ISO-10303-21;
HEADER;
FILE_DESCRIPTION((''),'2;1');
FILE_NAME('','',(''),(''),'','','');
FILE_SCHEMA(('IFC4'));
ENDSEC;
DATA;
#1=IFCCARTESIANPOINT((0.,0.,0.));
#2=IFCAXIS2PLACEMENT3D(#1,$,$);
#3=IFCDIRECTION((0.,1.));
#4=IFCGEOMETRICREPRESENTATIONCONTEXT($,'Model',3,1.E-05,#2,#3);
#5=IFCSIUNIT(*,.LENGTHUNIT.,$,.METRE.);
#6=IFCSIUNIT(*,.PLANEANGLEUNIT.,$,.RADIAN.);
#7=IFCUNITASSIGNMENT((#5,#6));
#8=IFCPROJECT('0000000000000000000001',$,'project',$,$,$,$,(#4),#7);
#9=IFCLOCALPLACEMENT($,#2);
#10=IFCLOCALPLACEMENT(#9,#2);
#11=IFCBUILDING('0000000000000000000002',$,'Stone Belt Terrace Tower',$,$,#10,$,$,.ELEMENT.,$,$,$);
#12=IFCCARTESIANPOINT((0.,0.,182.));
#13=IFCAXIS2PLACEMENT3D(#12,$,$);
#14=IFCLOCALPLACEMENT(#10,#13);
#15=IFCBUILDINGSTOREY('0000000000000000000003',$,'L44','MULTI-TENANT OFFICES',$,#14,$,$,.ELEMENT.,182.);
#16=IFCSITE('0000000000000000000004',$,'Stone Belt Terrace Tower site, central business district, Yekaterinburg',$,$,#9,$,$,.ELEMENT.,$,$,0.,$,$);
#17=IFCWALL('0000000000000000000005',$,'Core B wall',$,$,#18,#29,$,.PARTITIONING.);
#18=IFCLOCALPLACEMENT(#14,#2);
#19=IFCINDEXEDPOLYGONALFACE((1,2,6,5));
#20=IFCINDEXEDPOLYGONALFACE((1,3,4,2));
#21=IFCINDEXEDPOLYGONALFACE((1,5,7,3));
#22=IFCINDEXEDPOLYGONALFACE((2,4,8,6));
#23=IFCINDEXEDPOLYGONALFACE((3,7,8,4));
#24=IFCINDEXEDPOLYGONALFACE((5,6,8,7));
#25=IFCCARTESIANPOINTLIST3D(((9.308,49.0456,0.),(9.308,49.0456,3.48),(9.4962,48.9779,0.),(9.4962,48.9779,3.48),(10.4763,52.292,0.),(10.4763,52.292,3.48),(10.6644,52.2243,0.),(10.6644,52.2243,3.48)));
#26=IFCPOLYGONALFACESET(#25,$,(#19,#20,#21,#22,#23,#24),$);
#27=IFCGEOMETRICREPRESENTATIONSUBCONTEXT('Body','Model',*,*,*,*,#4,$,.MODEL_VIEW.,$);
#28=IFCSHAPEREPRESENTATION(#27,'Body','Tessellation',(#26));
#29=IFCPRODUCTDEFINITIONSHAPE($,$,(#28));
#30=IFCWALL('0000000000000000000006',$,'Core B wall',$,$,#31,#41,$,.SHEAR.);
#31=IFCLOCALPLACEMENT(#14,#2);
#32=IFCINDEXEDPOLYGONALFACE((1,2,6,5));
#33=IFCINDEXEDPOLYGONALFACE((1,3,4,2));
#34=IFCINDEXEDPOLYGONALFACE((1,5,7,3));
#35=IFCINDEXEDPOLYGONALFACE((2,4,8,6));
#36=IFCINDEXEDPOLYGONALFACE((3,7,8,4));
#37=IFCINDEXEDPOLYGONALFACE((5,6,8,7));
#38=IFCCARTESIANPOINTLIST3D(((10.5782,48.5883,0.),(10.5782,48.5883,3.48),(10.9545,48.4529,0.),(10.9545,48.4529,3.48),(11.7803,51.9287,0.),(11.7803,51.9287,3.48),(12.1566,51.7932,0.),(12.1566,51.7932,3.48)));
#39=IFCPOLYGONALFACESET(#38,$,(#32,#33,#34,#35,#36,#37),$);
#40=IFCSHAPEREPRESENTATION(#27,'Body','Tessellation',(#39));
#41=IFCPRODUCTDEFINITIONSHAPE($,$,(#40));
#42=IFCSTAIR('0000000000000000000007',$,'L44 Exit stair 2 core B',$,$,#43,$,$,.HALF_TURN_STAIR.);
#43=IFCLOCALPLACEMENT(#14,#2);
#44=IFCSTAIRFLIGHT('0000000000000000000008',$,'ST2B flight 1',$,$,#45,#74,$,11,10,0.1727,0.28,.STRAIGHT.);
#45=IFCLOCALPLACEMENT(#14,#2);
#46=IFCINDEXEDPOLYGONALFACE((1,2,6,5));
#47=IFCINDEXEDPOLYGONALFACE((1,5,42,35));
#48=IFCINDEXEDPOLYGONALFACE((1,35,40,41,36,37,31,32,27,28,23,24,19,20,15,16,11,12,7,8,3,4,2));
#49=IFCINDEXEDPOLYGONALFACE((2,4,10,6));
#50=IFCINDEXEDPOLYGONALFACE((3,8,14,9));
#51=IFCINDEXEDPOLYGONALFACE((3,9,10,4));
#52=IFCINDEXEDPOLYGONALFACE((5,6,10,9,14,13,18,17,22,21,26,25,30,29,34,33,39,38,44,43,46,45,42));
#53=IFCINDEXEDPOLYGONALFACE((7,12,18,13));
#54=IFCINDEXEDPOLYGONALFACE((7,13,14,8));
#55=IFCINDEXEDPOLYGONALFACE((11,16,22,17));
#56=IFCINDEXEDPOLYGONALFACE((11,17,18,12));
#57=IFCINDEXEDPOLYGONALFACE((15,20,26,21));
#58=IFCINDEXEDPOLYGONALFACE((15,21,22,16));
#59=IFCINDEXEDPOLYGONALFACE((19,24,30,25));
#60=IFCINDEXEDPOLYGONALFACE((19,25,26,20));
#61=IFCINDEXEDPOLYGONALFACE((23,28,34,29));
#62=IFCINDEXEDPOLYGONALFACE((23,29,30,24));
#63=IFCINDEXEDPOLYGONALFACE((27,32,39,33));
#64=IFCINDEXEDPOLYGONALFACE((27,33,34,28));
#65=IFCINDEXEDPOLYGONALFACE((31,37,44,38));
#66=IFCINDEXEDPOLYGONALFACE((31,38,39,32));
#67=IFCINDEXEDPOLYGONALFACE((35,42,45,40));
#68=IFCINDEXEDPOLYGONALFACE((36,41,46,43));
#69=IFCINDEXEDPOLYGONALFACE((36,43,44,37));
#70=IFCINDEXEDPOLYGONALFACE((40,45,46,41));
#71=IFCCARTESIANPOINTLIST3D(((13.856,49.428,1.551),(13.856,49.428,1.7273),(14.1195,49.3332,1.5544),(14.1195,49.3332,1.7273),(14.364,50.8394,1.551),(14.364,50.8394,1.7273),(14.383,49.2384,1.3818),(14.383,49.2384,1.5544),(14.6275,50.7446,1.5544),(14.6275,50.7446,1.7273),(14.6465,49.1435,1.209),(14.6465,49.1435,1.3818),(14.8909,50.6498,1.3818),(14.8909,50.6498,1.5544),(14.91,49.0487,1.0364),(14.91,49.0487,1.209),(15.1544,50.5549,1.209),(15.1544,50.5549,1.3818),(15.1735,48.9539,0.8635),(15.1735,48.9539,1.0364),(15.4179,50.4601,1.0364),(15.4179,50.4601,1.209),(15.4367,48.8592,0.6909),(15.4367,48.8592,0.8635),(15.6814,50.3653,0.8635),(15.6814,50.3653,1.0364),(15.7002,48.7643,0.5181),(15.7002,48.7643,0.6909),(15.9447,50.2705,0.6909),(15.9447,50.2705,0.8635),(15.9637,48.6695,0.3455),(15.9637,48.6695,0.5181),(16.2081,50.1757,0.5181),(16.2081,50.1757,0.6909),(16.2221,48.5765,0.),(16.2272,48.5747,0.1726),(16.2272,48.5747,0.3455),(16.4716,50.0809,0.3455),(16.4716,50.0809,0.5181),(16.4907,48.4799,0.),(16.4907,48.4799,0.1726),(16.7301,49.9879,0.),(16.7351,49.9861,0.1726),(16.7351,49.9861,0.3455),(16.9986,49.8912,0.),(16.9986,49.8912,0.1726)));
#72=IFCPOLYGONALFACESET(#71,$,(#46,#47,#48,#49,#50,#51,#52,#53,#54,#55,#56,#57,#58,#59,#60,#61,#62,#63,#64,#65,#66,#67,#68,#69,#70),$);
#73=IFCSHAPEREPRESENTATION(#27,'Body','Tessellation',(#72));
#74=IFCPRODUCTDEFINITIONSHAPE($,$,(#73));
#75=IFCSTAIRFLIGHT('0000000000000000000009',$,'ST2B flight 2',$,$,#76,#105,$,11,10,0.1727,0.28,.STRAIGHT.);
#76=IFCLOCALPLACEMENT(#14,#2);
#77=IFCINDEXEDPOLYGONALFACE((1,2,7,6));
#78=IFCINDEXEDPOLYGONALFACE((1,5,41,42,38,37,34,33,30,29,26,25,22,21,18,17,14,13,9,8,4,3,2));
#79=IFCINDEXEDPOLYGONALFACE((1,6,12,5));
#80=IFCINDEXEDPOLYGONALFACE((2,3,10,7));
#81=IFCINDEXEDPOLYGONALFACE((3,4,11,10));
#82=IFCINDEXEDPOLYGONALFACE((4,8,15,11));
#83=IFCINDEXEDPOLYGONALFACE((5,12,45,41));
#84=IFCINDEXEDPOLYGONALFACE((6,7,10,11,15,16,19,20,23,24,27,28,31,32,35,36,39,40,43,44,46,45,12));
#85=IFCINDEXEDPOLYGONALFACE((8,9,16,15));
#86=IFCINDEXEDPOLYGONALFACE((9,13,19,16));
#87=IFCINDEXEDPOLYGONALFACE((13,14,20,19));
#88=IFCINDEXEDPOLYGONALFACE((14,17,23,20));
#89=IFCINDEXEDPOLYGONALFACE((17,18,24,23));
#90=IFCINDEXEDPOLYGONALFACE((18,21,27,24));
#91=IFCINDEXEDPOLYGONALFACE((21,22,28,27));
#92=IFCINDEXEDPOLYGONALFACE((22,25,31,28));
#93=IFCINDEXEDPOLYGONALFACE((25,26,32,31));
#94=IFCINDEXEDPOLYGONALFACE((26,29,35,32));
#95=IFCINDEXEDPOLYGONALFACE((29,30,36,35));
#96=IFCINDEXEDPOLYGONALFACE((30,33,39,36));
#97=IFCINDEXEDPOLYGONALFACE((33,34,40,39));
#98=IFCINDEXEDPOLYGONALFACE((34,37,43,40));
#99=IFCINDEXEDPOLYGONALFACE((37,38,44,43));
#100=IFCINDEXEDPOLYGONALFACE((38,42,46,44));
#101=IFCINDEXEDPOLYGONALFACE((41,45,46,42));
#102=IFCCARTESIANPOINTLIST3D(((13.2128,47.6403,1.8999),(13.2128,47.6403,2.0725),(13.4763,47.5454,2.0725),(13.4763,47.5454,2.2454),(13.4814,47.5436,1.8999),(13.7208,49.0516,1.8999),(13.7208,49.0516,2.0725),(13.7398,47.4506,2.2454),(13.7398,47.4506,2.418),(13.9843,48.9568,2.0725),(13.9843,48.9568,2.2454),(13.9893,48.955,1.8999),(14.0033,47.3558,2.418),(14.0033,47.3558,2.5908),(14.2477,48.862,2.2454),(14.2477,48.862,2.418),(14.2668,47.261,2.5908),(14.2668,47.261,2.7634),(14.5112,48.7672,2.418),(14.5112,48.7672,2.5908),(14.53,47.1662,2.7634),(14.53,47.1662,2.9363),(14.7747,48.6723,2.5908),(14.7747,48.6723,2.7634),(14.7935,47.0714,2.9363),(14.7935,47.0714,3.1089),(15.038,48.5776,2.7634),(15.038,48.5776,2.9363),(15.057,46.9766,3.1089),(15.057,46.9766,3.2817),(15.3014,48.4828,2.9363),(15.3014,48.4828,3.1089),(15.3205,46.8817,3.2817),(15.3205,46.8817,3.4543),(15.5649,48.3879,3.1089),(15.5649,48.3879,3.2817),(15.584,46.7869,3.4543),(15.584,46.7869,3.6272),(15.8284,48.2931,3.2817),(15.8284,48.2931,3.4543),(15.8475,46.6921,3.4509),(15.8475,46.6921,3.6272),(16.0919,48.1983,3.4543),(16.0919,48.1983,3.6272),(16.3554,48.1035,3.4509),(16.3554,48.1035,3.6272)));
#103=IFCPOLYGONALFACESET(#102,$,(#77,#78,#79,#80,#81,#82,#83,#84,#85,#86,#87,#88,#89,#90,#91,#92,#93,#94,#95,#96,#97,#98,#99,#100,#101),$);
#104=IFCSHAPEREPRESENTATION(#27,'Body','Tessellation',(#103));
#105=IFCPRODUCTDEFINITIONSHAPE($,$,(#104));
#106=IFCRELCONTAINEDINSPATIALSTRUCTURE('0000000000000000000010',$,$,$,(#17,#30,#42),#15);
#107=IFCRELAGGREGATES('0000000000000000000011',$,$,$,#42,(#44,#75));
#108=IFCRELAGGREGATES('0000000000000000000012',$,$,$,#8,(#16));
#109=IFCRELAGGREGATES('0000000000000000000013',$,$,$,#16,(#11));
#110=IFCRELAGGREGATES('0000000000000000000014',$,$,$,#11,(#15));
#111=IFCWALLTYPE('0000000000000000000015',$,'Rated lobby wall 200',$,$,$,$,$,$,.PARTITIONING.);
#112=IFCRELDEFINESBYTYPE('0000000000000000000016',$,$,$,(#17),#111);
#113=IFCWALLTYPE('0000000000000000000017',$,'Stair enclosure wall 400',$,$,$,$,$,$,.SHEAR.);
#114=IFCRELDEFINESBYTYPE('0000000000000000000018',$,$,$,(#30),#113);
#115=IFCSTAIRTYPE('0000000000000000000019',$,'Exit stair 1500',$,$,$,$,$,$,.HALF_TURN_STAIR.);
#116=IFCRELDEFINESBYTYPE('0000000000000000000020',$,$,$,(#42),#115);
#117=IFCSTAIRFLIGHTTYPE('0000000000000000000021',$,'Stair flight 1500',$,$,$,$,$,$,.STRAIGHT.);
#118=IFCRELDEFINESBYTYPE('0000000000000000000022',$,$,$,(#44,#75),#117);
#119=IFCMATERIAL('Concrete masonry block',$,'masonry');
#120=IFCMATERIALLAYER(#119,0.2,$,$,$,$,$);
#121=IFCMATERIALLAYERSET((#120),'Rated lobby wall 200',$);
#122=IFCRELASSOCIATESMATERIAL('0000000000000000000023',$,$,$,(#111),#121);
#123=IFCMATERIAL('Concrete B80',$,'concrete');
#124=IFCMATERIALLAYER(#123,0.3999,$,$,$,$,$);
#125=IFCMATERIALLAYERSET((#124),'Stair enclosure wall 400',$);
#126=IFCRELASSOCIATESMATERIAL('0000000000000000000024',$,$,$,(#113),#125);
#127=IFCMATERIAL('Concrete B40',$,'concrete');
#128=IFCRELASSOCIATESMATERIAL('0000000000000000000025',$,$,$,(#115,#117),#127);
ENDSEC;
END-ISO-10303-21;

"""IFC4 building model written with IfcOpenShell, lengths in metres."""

from ifc_helpers import new_model, si_unit, direction, frame, frame_2d, origin, place, context, subcontext, project, spatial, polyline, rectangle, outline, extrude, material, layer, layer_set, type_object, element, aggregate, save


model = new_model("IFC4")

# Units and contexts
model_context = context("Model", 3, precision=1e-05, world=origin(), true_north=direction((0.0, 1.0)))
body_context = subcontext(model_context, "Body", "Model", "MODEL_VIEW")
ifc_project = project(units=[si_unit("LENGTHUNIT", "METRE"), si_unit("PLANEANGLEUNIT", "RADIAN")], contexts=[model_context])

# Site, building, storey
site_placement = place(None, origin())
site = spatial("IfcSite", under=ifc_project, at=site_placement, Name="Stone Belt Terrace Tower site, central business district, Yekaterinburg", CompositionType="ELEMENT", RefElevation=0.0)
building_placement = place(site_placement, origin())
building = spatial("IfcBuilding", under=site, at=building_placement, Name="Stone Belt Terrace Tower", CompositionType="ELEMENT")
storey_placement = place(building_placement, frame((0.0, 0.0, 182.0)))
storey = spatial("IfcBuildingStorey", under=building, at=storey_placement, Name="L44", Description="MULTI-TENANT OFFICES", CompositionType="ELEMENT", Elevation=182.0)

# Shared definitions
ifc_material_1 = material(Name="Concrete B80", Category="concrete")

# Walls
ifc_material_2 = material(Name="Concrete masonry block", Category="masonry")
ifc_layer_1 = layer(ifc_material_2, 0.2)
ifc_layer_set_1 = layer_set([ifc_layer_1], Name="Rated lobby wall 200")
wall_type_1 = type_object("IfcWallType", Name="Rated lobby wall 200", PredefinedType="PARTITIONING", material=ifc_layer_set_1)
wall_1_placement = place(storey_placement, frame((9.4021, 49.0117, 0.0), z_axis=(0.0, 0.0, 1.0), x_axis=(0.338599, 0.940931, 0.0)))
element("IfcWall", 1, at=wall_1_placement, inside=storey, type_object=wall_type_1, Name="Core B wall", PredefinedType="PARTITIONING", context=body_context, shape_type="SweptSolid", body=[
    extrude(rectangle(XDim=3.4502, YDim=0.2, at=frame_2d((1.7251, 0.0))), origin(), (0.0, 0.0, 1.0), 3.48),
])
ifc_layer_2 = layer(ifc_material_1, 0.3999)
ifc_layer_set_2 = layer_set([ifc_layer_2], Name="Stair enclosure wall 400")
wall_type_2 = type_object("IfcWallType", Name="Stair enclosure wall 400", PredefinedType="SHEAR", material=ifc_layer_set_2)
wall_2_placement = place(storey_placement, frame((10.7664, 48.5208, 0.0), z_axis=(0.0, 0.0, 1.0), x_axis=(0.338627, 0.940921, 0.0)))
element("IfcWall", 2, at=wall_2_placement, inside=storey, type_object=wall_type_2, Name="Core B wall", PredefinedType="SHEAR", context=body_context, shape_type="SweptSolid", body=[
    extrude(rectangle(XDim=3.55, YDim=0.3999, at=frame_2d((1.7749, 0.0))), origin(), (0.0, 0.0, 1.0), 3.48),
])

# Stair, stair flights
ifc_material_3 = material(Name="Concrete B40", Category="concrete")
stair_type = type_object("IfcStairType", Name="Exit stair 1500", PredefinedType="HALF_TURN_STAIR", material=ifc_material_3)
stair_placement = place(storey_placement, origin())
stair = element("IfcStair", 3, at=stair_placement, inside=storey, type_object=stair_type, Name="L44 Exit stair 2 core B", PredefinedType="HALF_TURN_STAIR")
stair_flight_type = type_object("IfcStairFlightType", Name="Stair flight 1500", PredefinedType="STRAIGHT", material=ifc_material_3)
stair_flight_1_placement = place(storey_placement, frame((16.7446, 49.1855, 0.0), z_axis=(0.0, 0.0, 1.0), x_axis=(-0.940922, 0.338624, 0.0)))
stair_flight_1 = element("IfcStairFlight", 4, at=stair_flight_1_placement, type_object=stair_flight_type, Name="ST2B flight 1", NumberOfRisers=11, NumberOfTreads=10, PredefinedType="STRAIGHT", RiserHeight=0.1727, TreadLength=0.28, context=body_context, shape_type="SweptSolid", body=[
    extrude(outline(polyline([(0.0, 0.0), (0.0, 0.1726), (0.28, 0.1726), (0.28, 0.3455), (0.5601, 0.3455), (0.5601, 0.5181), (0.8401, 0.5181), (0.8401, 0.6909), (1.1201, 0.6909), (1.1201, 0.8635), (1.3999, 0.8635), (1.3999, 1.0364), (1.6799, 1.0364), (1.6799, 1.209), (1.96, 1.209), (1.96, 1.3818), (2.24, 1.3818), (2.24, 1.5544), (2.52, 1.5544), (2.52, 1.7273), (2.8, 1.7273), (2.8, 1.8999), (2.8, 1.551), (0.2854, 0.0), (0.0, 0.0)])), frame((0.0, 0.75, 0.0), z_axis=(0.0, -1.0, 0.0), x_axis=(1.0, 0.0, 0.0)), (0.0, 0.0, 1.0), 1.5),
])
stair_flight_2_placement = place(storey_placement, frame((13.4668, 48.3459, 1.8999), z_axis=(0.0, 0.0, 1.0), x_axis=(0.940922, -0.338624, 0.0)))
stair_flight_2 = element("IfcStairFlight", 5, at=stair_flight_2_placement, type_object=stair_flight_type, Name="ST2B flight 2", NumberOfRisers=11, NumberOfTreads=10, PredefinedType="STRAIGHT", RiserHeight=0.1727, TreadLength=0.28, context=body_context, shape_type="SweptSolid", body=[
    extrude(outline(polyline([(0.0, 0.0), (0.0, 0.1726), (0.28, 0.1726), (0.28, 0.3455), (0.5601, 0.3455), (0.5601, 0.5181), (0.8401, 0.5181), (0.8401, 0.6909), (1.1201, 0.6909), (1.1201, 0.8635), (1.3999, 0.8635), (1.3999, 1.0364), (1.6799, 1.0364), (1.6799, 1.209), (1.96, 1.209), (1.96, 1.3818), (2.24, 1.3818), (2.24, 1.5544), (2.52, 1.5544), (2.52, 1.7273), (2.8, 1.7273), (2.8, 1.8999), (2.8, 1.551), (0.2854, 0.0), (0.0, 0.0)])), frame((0.0, 0.75, 0.0), z_axis=(0.0, -1.0, 0.0), x_axis=(1.0, 0.0, 0.0)), (0.0, 0.0, 1.0), 1.5),
])
aggregate(stair, [stair_flight_1, stair_flight_2])

save(model, "model.ifc")
